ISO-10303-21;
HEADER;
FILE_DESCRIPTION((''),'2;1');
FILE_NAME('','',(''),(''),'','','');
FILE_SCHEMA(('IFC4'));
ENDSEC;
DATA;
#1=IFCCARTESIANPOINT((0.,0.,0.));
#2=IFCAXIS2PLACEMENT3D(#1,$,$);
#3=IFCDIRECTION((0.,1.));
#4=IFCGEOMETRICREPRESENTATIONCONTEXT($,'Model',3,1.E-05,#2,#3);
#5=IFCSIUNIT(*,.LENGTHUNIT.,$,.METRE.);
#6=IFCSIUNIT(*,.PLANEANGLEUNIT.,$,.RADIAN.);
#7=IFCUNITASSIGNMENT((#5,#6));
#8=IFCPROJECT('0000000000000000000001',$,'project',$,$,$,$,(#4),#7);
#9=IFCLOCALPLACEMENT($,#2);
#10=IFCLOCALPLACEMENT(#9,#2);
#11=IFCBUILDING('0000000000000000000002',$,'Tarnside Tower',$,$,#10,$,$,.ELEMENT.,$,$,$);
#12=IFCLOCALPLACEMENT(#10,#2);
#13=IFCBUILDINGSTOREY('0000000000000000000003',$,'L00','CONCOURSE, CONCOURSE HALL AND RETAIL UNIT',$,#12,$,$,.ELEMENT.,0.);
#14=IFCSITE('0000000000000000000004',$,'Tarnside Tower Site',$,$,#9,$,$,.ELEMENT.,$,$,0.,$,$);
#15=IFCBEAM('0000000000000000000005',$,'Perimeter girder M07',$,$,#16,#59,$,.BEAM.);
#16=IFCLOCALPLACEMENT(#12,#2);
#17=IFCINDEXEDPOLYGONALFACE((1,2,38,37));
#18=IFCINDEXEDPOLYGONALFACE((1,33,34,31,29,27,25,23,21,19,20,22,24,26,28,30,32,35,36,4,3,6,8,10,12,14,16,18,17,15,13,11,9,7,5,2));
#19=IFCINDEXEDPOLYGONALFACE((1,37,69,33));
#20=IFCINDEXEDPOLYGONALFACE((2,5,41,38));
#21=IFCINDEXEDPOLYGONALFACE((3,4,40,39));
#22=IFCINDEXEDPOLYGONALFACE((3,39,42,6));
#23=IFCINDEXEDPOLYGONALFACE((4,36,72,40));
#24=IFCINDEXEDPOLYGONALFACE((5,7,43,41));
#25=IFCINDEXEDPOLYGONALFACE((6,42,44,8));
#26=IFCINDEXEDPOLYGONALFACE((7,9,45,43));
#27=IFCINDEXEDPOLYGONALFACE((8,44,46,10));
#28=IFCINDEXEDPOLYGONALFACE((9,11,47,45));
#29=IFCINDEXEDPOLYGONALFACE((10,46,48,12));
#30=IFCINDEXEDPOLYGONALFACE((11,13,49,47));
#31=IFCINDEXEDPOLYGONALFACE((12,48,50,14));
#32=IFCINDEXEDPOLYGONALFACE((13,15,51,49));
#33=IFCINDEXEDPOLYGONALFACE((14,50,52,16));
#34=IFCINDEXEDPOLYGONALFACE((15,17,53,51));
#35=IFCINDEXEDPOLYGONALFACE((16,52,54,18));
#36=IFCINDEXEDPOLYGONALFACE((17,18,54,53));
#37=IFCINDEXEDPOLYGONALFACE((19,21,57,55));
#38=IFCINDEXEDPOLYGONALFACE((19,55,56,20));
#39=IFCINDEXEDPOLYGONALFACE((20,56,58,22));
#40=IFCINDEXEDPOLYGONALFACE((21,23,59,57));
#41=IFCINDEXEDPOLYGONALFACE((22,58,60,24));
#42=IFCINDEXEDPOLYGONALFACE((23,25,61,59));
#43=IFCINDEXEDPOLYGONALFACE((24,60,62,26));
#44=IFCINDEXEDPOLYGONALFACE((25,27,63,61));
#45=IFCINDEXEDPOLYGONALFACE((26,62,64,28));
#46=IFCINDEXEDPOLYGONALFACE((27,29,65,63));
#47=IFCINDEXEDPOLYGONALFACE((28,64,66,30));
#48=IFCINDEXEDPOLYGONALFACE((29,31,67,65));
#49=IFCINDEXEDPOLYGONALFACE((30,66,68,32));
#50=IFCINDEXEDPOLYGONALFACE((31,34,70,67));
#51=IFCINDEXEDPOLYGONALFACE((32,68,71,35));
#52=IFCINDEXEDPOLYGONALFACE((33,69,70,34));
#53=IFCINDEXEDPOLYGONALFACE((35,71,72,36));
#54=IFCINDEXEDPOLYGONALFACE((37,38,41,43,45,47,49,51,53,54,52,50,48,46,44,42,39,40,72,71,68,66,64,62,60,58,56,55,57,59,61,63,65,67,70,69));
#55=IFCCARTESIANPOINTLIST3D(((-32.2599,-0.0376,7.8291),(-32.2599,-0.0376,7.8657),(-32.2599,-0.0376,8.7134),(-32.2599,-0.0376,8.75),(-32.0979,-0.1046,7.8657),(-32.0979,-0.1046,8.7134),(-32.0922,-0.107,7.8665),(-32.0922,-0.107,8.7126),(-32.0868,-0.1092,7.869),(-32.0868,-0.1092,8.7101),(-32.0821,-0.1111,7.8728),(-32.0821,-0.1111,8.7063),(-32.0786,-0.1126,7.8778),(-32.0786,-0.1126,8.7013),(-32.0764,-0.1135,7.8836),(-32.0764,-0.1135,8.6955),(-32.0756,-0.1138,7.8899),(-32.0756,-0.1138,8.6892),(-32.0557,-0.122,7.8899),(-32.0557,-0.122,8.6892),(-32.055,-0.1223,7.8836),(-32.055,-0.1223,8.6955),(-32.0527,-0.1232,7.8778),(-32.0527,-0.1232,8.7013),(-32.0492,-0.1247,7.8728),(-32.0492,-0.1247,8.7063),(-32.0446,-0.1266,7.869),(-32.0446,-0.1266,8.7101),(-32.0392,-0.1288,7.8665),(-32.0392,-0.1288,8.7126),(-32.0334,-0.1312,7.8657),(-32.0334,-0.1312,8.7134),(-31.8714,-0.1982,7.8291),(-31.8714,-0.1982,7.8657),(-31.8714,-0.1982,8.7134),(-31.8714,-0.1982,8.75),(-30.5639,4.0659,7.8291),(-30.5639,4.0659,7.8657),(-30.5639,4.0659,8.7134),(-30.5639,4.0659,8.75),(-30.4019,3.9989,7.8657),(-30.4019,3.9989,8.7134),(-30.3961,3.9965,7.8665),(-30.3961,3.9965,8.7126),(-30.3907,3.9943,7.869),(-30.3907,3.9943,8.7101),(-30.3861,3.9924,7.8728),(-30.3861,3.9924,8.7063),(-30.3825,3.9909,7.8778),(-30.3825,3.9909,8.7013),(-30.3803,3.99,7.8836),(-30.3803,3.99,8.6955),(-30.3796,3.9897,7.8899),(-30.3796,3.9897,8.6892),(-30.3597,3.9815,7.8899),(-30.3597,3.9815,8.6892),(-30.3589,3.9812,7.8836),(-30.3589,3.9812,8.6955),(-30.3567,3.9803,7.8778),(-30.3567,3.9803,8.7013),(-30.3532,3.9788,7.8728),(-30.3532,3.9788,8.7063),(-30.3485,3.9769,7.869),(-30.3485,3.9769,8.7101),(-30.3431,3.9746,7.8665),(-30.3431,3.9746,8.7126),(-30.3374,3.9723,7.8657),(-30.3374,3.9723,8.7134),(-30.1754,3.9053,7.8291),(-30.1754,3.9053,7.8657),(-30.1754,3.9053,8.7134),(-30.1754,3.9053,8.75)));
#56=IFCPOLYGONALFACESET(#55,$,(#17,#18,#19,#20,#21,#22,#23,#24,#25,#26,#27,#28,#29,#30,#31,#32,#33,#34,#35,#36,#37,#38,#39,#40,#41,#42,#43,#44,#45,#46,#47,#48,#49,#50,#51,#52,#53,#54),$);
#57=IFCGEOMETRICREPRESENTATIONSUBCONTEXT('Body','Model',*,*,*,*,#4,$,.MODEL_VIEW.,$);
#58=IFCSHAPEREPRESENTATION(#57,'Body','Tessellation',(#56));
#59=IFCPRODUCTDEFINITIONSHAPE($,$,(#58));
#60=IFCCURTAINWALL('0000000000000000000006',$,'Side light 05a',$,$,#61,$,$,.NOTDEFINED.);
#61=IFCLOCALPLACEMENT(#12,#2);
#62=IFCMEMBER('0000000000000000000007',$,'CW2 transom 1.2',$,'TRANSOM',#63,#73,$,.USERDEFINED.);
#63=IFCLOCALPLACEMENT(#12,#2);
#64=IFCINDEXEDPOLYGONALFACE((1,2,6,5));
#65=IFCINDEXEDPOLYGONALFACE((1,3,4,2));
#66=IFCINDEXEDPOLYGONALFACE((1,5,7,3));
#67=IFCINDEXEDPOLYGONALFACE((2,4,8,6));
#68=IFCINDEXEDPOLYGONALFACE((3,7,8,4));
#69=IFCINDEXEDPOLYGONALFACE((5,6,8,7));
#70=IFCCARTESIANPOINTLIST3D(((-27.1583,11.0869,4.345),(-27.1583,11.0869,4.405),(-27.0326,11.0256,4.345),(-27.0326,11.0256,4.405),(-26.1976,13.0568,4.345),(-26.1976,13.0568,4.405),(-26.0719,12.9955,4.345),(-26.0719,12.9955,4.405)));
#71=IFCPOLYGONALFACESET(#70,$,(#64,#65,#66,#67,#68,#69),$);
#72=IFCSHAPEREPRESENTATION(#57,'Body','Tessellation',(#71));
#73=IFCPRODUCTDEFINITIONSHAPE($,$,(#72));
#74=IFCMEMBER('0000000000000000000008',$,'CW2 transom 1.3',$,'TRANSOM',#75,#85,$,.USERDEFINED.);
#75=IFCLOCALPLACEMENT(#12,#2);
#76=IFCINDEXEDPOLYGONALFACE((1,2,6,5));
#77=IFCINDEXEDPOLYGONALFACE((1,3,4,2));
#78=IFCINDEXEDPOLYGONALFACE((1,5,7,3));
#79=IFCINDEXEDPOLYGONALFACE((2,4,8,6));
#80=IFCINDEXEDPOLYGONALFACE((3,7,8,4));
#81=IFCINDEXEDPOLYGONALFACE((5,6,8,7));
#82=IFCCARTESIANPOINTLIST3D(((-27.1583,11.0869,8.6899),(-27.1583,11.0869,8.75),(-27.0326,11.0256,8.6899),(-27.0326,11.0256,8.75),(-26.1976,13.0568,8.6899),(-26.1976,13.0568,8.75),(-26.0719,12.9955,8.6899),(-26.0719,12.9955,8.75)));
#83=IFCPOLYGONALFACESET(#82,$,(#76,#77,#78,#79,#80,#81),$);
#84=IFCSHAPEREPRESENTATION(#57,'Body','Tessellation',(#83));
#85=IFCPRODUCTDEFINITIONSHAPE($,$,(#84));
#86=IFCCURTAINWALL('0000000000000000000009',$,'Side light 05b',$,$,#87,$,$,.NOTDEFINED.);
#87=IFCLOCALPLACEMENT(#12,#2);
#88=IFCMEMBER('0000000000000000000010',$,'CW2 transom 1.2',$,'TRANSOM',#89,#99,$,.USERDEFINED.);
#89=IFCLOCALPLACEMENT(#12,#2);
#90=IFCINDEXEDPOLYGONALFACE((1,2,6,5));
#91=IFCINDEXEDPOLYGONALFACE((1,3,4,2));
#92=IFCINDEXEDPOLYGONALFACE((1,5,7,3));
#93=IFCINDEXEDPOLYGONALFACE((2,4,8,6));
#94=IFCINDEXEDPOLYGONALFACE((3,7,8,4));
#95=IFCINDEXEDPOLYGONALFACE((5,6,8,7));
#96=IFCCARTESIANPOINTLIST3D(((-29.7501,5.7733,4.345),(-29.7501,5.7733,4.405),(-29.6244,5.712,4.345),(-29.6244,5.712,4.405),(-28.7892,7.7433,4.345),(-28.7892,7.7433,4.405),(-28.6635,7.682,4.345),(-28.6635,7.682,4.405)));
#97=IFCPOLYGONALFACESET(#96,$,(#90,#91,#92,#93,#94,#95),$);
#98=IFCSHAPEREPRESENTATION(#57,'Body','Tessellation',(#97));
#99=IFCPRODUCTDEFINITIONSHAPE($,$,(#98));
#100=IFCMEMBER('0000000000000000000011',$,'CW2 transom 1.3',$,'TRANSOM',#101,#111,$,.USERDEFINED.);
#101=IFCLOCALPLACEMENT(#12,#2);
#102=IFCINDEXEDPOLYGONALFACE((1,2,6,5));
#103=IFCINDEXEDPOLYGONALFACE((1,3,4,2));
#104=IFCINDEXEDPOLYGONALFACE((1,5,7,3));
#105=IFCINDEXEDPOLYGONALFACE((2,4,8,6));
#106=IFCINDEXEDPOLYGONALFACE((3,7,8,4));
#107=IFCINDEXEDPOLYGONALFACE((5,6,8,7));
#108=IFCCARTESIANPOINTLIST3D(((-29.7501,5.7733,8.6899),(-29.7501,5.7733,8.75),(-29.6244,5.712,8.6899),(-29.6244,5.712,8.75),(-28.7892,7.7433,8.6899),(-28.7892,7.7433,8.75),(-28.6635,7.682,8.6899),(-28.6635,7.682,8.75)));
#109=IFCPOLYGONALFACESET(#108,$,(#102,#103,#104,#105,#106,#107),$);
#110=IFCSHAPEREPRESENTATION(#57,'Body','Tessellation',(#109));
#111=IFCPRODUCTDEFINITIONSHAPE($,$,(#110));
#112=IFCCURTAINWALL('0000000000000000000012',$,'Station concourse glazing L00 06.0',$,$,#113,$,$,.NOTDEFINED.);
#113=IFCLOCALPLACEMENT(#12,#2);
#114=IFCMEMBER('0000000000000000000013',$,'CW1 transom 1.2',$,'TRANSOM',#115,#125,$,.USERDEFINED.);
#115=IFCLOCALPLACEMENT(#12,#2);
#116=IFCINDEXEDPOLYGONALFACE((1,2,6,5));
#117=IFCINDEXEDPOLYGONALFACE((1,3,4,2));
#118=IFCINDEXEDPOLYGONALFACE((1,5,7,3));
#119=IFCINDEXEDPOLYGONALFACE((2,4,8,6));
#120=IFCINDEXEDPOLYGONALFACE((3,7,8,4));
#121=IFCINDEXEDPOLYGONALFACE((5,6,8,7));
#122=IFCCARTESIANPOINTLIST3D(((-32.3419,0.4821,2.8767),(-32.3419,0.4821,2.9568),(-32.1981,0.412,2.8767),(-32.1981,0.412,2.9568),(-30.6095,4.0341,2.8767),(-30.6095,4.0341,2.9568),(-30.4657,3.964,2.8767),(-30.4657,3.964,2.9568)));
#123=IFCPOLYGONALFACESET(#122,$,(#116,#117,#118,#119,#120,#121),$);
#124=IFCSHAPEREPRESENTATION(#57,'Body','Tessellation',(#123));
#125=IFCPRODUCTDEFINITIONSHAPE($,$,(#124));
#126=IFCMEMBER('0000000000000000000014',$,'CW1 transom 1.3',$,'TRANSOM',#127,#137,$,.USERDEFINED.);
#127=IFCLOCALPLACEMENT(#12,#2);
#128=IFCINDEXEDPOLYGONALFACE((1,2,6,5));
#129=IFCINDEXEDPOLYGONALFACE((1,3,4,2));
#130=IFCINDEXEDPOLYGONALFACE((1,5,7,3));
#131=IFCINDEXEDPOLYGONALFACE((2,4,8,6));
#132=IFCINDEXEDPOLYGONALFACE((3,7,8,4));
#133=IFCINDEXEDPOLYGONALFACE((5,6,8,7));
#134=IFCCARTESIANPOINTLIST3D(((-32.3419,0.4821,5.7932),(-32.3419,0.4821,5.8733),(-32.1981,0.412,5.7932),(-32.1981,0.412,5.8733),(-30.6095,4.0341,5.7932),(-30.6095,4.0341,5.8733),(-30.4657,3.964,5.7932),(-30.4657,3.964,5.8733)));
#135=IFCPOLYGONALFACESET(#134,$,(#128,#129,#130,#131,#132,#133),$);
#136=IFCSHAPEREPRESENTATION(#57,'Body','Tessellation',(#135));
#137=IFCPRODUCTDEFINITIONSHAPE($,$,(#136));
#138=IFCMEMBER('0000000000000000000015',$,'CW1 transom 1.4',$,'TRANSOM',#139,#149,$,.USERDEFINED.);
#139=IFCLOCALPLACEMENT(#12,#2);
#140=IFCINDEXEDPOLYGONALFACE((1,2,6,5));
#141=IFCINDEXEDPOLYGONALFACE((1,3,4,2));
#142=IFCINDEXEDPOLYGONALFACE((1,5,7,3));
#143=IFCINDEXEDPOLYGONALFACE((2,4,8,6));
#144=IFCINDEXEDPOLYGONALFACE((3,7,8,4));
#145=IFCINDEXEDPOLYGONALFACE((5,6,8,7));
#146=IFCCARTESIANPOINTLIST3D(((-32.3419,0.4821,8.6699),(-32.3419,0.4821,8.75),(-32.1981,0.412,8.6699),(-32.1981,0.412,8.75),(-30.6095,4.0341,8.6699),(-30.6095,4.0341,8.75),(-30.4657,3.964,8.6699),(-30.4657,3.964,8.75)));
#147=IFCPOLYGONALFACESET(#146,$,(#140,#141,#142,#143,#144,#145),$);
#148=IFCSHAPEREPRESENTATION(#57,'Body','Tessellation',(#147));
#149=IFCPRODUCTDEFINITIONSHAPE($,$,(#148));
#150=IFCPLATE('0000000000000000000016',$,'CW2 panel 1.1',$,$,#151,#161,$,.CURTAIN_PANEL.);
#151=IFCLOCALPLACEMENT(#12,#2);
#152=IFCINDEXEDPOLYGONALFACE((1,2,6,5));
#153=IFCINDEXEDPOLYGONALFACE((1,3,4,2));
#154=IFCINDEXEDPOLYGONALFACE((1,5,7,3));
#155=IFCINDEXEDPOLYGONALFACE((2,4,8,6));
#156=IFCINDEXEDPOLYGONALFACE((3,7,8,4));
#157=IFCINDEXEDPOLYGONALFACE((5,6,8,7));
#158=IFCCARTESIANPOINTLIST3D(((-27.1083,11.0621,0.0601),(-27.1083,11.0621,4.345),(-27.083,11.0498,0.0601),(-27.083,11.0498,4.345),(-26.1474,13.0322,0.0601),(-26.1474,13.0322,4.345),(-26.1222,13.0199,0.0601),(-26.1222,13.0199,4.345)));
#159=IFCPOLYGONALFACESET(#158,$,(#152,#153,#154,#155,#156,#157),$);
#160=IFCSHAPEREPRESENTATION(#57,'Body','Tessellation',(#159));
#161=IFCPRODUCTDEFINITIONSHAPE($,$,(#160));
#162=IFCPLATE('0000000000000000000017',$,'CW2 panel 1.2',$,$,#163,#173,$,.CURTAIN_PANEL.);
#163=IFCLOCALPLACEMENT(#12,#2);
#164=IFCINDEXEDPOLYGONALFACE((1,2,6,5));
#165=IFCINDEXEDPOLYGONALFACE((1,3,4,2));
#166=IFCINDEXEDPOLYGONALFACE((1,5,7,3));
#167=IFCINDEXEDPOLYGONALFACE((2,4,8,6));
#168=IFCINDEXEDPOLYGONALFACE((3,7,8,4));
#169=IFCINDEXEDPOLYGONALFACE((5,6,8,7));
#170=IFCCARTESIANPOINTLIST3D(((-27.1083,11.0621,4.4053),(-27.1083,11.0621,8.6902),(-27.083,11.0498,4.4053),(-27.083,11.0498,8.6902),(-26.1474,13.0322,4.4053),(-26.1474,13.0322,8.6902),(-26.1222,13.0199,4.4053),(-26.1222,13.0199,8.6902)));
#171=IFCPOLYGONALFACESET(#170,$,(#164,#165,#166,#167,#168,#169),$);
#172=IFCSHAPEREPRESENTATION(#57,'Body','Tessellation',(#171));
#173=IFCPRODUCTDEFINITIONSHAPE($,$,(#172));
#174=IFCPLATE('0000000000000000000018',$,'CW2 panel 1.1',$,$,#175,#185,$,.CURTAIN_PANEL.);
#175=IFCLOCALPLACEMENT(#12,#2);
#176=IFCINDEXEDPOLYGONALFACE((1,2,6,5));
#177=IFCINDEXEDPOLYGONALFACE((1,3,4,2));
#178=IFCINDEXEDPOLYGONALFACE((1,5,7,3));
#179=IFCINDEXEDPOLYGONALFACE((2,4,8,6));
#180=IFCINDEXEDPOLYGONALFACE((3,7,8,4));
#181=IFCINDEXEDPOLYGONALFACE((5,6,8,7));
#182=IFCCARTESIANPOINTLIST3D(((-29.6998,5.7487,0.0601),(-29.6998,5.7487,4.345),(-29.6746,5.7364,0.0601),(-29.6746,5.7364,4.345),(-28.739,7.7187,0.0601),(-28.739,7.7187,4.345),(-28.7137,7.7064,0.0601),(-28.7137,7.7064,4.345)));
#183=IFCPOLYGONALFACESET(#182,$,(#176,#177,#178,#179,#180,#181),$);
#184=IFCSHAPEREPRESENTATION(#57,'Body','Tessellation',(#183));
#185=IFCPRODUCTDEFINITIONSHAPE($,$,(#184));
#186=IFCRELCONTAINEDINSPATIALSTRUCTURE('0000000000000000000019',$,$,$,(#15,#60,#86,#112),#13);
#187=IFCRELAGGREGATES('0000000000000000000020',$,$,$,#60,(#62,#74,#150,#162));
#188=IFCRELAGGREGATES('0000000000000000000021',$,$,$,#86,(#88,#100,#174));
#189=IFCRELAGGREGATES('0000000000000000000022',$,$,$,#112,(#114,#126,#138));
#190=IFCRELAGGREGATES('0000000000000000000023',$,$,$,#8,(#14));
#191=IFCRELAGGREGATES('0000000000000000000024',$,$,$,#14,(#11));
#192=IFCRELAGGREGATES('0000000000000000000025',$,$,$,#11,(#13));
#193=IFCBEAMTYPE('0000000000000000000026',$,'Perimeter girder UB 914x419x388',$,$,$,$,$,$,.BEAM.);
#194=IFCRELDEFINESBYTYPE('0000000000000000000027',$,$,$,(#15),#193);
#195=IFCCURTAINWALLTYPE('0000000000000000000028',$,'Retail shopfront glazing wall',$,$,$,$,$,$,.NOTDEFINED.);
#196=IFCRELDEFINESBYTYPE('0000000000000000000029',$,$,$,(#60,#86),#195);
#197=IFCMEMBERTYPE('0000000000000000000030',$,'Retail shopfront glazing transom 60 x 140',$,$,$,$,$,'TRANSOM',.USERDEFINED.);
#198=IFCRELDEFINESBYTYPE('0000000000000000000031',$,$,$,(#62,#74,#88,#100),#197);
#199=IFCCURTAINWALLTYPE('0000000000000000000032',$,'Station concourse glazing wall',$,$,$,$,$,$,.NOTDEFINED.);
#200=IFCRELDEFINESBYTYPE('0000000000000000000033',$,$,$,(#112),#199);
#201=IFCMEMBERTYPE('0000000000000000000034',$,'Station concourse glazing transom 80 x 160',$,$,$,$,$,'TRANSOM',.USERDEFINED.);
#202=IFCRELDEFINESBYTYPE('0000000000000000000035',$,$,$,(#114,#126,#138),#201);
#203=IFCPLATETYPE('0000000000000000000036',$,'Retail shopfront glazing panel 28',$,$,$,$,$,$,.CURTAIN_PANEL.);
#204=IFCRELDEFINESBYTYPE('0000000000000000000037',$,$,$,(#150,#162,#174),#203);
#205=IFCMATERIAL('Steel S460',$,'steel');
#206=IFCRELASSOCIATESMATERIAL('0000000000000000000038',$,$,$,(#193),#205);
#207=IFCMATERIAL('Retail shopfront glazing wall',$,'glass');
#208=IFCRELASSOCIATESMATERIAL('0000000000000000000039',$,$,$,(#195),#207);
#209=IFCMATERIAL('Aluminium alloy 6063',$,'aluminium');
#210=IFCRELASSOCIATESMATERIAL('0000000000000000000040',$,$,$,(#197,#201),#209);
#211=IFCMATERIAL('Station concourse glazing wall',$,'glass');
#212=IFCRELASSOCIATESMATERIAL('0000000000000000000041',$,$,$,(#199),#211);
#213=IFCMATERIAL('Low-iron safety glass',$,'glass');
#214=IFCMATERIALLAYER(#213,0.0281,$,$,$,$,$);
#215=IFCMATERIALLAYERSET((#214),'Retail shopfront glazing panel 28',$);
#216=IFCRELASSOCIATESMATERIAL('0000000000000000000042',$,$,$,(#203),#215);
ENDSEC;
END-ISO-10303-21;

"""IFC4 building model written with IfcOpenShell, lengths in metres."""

from ifc_helpers import new_model, si_unit, direction, frame, origin, origin_2d, place, context, subcontext, project, spatial, rectangle, i_section, extrude, material, layer, layer_set, material_profile, profile_set, type_object, element, aggregate, save


model = new_model("IFC4")

# Units and contexts
model_context = context("Model", 3, precision=1e-05, world=origin(), true_north=direction((0.0, 1.0)))
body_context = subcontext(model_context, "Body", "Model", "MODEL_VIEW")
ifc_project = project(units=[si_unit("LENGTHUNIT", "METRE"), si_unit("PLANEANGLEUNIT", "RADIAN")], contexts=[model_context])

# Site, building, storey
site_placement = place(None, origin())
site = spatial("IfcSite", under=ifc_project, at=site_placement, Name="Tarnside Tower Site", CompositionType="ELEMENT", RefElevation=0.0)
building_placement = place(site_placement, origin())
building = spatial("IfcBuilding", under=site, at=building_placement, Name="Tarnside Tower", CompositionType="ELEMENT")
storey_placement = place(building_placement, origin())
storey = spatial("IfcBuildingStorey", under=building, at=storey_placement, Name="L00", Description="CONCOURSE, CONCOURSE HALL AND RETAIL UNIT", CompositionType="ELEMENT", Elevation=0.0)

# Beam
ifc_material_1 = material(Name="Steel S460", Category="steel")
ifc_material_profile_1 = material_profile(ifc_material_1, i_section(OverallWidth=0.4204, OverallDepth=0.9209, WebThickness=0.0215, FlangeThickness=0.0366, FilletRadius=0.0242, at=origin_2d()), Name="UB 914x419x388")
ifc_profile_set_1 = profile_set([ifc_material_profile_1], Name="Steel S460")
beam_type_1 = type_object("IfcBeamType", Name="Perimeter girder UB 914x419x388", PredefinedType="BEAM", material=ifc_profile_set_1)
beam_1_placement = place(storey_placement, frame((-30.3696, 3.9856, 8.2896), z_axis=(-0.381975, -0.924173, 0.0), x_axis=(0.924173, -0.381975, 0.0)))
element("IfcBeam", 1, at=beam_1_placement, inside=storey, type_object=beam_type_1, Name="Perimeter girder M07", PredefinedType="BEAM", context=body_context, shape_type="SweptSolid", body=[
    extrude(i_section(OverallWidth=0.4204, OverallDepth=0.9209, WebThickness=0.0215, FlangeThickness=0.0366, FilletRadius=0.0242, at=origin_2d()), origin(), (0.0, 0.0, 1.0), 4.4402),
])

# Curtain walls, members
ifc_material_2 = material(Name="Retail shopfront glazing wall", Category="glass")
curtain_wall_type_1 = type_object("IfcCurtainWallType", Name="Retail shopfront glazing wall", PredefinedType="NOTDEFINED", material=ifc_material_2)
curtain_wall_1_placement = place(storey_placement, origin())
curtain_wall_1 = element("IfcCurtainWall", 2, at=curtain_wall_1_placement, inside=storey, type_object=curtain_wall_type_1, Name="Side light 05a", PredefinedType="NOTDEFINED")
ifc_material_3 = material(Name="Aluminium alloy 6063", Category="aluminium")
ifc_material_profile_2 = material_profile(ifc_material_3, rectangle(XDim=0.1399, YDim=0.0601, at=origin_2d()), Name="Retail shopfront glazing transom 60 x 140")
ifc_profile_set_2 = profile_set([ifc_material_profile_2], Name="Aluminium alloy 6063")
member_type_1 = type_object("IfcMemberType", Name="Retail shopfront glazing transom 60 x 140", ElementType="TRANSOM", PredefinedType="USERDEFINED", material=ifc_profile_set_2)
member_1_placement = place(storey_placement, frame((-26.1348, 13.0261, 4.375), z_axis=(-0.438325, -0.898817, 0.0), x_axis=(0.898817, -0.438325, 0.0)))
member_1 = element("IfcMember", 3, at=member_1_placement, type_object=member_type_1, Name="CW2 transom 1.2", ObjectType="TRANSOM", PredefinedType="USERDEFINED", context=body_context, shape_type="SweptSolid", body=[
    extrude(rectangle(XDim=0.1399, YDim=0.0601, at=origin_2d()), origin(), (0.0, 0.0, 1.0), 2.1917),
])
member_2_placement = place(storey_placement, frame((-26.1348, 13.0261, 8.72), z_axis=(-0.438325, -0.898817, 0.0), x_axis=(0.898817, -0.438325, 0.0)))
member_2 = element("IfcMember", 4, at=member_2_placement, type_object=member_type_1, Name="CW2 transom 1.3", ObjectType="TRANSOM", PredefinedType="USERDEFINED", context=body_context, shape_type="SweptSolid", body=[
    extrude(rectangle(XDim=0.1399, YDim=0.0601, at=origin_2d()), origin(), (0.0, 0.0, 1.0), 2.1917),
])
curtain_wall_2_placement = place(storey_placement, origin())
curtain_wall_2 = element("IfcCurtainWall", 5, at=curtain_wall_2_placement, inside=storey, type_object=curtain_wall_type_1, Name="Side light 05b", PredefinedType="NOTDEFINED")
member_3_placement = place(storey_placement, frame((-28.7263, 7.7126, 4.375), z_axis=(-0.438415, -0.898773, 0.0), x_axis=(0.898773, -0.438415, 0.0)))
member_3 = element("IfcMember", 6, at=member_3_placement, type_object=member_type_1, Name="CW2 transom 1.2", ObjectType="TRANSOM", PredefinedType="USERDEFINED", context=body_context, shape_type="SweptSolid", body=[
    extrude(rectangle(XDim=0.1399, YDim=0.0601, at=origin_2d()), origin(), (0.0, 0.0, 1.0), 2.1919),
])
member_4_placement = place(storey_placement, frame((-28.7263, 7.7126, 8.72), z_axis=(-0.438415, -0.898773, 0.0), x_axis=(0.898773, -0.438415, 0.0)))
member_4 = element("IfcMember", 7, at=member_4_placement, type_object=member_type_1, Name="CW2 transom 1.3", ObjectType="TRANSOM", PredefinedType="USERDEFINED", context=body_context, shape_type="SweptSolid", body=[
    extrude(rectangle(XDim=0.1399, YDim=0.0601, at=origin_2d()), origin(), (0.0, 0.0, 1.0), 2.1919),
])
ifc_material_4 = material(Name="Station concourse glazing wall", Category="glass")
curtain_wall_type_2 = type_object("IfcCurtainWallType", Name="Station concourse glazing wall", PredefinedType="NOTDEFINED", material=ifc_material_4)
curtain_wall_3_placement = place(storey_placement, origin())
curtain_wall_3 = element("IfcCurtainWall", 8, at=curtain_wall_3_placement, inside=storey, type_object=curtain_wall_type_2, Name="Station concourse glazing L00 06.0", PredefinedType="NOTDEFINED")
ifc_material_profile_3 = material_profile(ifc_material_3, rectangle(XDim=0.1599, YDim=0.0801, at=origin_2d()), Name="Station concourse glazing transom 80 x 160")
ifc_profile_set_3 = profile_set([ifc_material_profile_3], Name="Aluminium alloy 6063")
member_type_2 = type_object("IfcMemberType", Name="Station concourse glazing transom 80 x 160", ElementType="TRANSOM", PredefinedType="USERDEFINED", material=ifc_profile_set_3)
member_5_placement = place(storey_placement, frame((-30.5376, 3.999, 2.9167), z_axis=(-0.43837, -0.898795, 0.0), x_axis=(0.898795, -0.43837, 0.0)))
member_5 = element("IfcMember", 9, at=member_5_placement, type_object=member_type_2, Name="CW1 transom 1.2", ObjectType="TRANSOM", PredefinedType="USERDEFINED", context=body_context, shape_type="SweptSolid", body=[
    extrude(rectangle(XDim=0.1599, YDim=0.0801, at=origin_2d()), origin(), (0.0, 0.0, 1.0), 3.9519),
])
member_6_placement = place(storey_placement, frame((-30.5376, 3.999, 5.8333), z_axis=(-0.43837, -0.898795, 0.0), x_axis=(0.898795, -0.43837, 0.0)))
member_6 = element("IfcMember", 10, at=member_6_placement, type_object=member_type_2, Name="CW1 transom 1.3", ObjectType="TRANSOM", PredefinedType="USERDEFINED", context=body_context, shape_type="SweptSolid", body=[
    extrude(rectangle(XDim=0.1599, YDim=0.0801, at=origin_2d()), origin(), (0.0, 0.0, 1.0), 3.9519),
])
member_7_placement = place(storey_placement, frame((-30.5376, 3.999, 8.71), z_axis=(-0.43837, -0.898795, 0.0), x_axis=(0.898795, -0.43837, 0.0)))
member_7 = element("IfcMember", 11, at=member_7_placement, type_object=member_type_2, Name="CW1 transom 1.4", ObjectType="TRANSOM", PredefinedType="USERDEFINED", context=body_context, shape_type="SweptSolid", body=[
    extrude(rectangle(XDim=0.1599, YDim=0.0801, at=origin_2d()), origin(), (0.0, 0.0, 1.0), 3.9519),
])

# Plates
ifc_material_5 = material(Name="Low-iron safety glass", Category="glass")
ifc_layer_1 = layer(ifc_material_5, 0.0281)
ifc_layer_set_1 = layer_set([ifc_layer_1], Name="Retail shopfront glazing panel 28")
plate_type_1 = type_object("IfcPlateType", Name="Retail shopfront glazing panel 28", PredefinedType="CURTAIN_PANEL", material=ifc_layer_set_1)
plate_1_placement = place(storey_placement, frame((-26.6152, 12.041, 0.0601), z_axis=(0.0, 0.0, 1.0), x_axis=(-0.438371, -0.898794, 0.0)))
plate_1 = element("IfcPlate", 12, at=plate_1_placement, type_object=plate_type_1, Name="CW2 panel 1.1", PredefinedType="CURTAIN_PANEL", context=body_context, shape_type="SweptSolid", body=[
    extrude(rectangle(XDim=2.1919, YDim=0.0281, at=origin_2d()), origin(), (0.0, 0.0, 1.0), 4.2849),
])
plate_2_placement = place(storey_placement, frame((-26.6152, 12.041, 4.4053), z_axis=(0.0, 0.0, 1.0), x_axis=(-0.438371, -0.898794, 0.0)))
plate_2 = element("IfcPlate", 13, at=plate_2_placement, type_object=plate_type_1, Name="CW2 panel 1.2", PredefinedType="CURTAIN_PANEL", context=body_context, shape_type="SweptSolid", body=[
    extrude(rectangle(XDim=2.1919, YDim=0.0281, at=origin_2d()), origin(), (0.0, 0.0, 1.0), 4.2849),
])
aggregate(curtain_wall_1, [member_1, member_2, plate_1, plate_2])
plate_3_placement = place(storey_placement, frame((-29.2068, 6.7275, 0.0601), z_axis=(0.0, 0.0, 1.0), x_axis=(-0.438371, -0.898794, 0.0)))
plate_3 = element("IfcPlate", 14, at=plate_3_placement, type_object=plate_type_1, Name="CW2 panel 1.1", PredefinedType="CURTAIN_PANEL", context=body_context, shape_type="SweptSolid", body=[
    extrude(rectangle(XDim=2.1919, YDim=0.0281, at=origin_2d()), origin(), (0.0, 0.0, 1.0), 4.2849),
])
aggregate(curtain_wall_2, [member_3, member_4, plate_3])
aggregate(curtain_wall_3, [member_5, member_6, member_7])

save(model, "model.ifc")
